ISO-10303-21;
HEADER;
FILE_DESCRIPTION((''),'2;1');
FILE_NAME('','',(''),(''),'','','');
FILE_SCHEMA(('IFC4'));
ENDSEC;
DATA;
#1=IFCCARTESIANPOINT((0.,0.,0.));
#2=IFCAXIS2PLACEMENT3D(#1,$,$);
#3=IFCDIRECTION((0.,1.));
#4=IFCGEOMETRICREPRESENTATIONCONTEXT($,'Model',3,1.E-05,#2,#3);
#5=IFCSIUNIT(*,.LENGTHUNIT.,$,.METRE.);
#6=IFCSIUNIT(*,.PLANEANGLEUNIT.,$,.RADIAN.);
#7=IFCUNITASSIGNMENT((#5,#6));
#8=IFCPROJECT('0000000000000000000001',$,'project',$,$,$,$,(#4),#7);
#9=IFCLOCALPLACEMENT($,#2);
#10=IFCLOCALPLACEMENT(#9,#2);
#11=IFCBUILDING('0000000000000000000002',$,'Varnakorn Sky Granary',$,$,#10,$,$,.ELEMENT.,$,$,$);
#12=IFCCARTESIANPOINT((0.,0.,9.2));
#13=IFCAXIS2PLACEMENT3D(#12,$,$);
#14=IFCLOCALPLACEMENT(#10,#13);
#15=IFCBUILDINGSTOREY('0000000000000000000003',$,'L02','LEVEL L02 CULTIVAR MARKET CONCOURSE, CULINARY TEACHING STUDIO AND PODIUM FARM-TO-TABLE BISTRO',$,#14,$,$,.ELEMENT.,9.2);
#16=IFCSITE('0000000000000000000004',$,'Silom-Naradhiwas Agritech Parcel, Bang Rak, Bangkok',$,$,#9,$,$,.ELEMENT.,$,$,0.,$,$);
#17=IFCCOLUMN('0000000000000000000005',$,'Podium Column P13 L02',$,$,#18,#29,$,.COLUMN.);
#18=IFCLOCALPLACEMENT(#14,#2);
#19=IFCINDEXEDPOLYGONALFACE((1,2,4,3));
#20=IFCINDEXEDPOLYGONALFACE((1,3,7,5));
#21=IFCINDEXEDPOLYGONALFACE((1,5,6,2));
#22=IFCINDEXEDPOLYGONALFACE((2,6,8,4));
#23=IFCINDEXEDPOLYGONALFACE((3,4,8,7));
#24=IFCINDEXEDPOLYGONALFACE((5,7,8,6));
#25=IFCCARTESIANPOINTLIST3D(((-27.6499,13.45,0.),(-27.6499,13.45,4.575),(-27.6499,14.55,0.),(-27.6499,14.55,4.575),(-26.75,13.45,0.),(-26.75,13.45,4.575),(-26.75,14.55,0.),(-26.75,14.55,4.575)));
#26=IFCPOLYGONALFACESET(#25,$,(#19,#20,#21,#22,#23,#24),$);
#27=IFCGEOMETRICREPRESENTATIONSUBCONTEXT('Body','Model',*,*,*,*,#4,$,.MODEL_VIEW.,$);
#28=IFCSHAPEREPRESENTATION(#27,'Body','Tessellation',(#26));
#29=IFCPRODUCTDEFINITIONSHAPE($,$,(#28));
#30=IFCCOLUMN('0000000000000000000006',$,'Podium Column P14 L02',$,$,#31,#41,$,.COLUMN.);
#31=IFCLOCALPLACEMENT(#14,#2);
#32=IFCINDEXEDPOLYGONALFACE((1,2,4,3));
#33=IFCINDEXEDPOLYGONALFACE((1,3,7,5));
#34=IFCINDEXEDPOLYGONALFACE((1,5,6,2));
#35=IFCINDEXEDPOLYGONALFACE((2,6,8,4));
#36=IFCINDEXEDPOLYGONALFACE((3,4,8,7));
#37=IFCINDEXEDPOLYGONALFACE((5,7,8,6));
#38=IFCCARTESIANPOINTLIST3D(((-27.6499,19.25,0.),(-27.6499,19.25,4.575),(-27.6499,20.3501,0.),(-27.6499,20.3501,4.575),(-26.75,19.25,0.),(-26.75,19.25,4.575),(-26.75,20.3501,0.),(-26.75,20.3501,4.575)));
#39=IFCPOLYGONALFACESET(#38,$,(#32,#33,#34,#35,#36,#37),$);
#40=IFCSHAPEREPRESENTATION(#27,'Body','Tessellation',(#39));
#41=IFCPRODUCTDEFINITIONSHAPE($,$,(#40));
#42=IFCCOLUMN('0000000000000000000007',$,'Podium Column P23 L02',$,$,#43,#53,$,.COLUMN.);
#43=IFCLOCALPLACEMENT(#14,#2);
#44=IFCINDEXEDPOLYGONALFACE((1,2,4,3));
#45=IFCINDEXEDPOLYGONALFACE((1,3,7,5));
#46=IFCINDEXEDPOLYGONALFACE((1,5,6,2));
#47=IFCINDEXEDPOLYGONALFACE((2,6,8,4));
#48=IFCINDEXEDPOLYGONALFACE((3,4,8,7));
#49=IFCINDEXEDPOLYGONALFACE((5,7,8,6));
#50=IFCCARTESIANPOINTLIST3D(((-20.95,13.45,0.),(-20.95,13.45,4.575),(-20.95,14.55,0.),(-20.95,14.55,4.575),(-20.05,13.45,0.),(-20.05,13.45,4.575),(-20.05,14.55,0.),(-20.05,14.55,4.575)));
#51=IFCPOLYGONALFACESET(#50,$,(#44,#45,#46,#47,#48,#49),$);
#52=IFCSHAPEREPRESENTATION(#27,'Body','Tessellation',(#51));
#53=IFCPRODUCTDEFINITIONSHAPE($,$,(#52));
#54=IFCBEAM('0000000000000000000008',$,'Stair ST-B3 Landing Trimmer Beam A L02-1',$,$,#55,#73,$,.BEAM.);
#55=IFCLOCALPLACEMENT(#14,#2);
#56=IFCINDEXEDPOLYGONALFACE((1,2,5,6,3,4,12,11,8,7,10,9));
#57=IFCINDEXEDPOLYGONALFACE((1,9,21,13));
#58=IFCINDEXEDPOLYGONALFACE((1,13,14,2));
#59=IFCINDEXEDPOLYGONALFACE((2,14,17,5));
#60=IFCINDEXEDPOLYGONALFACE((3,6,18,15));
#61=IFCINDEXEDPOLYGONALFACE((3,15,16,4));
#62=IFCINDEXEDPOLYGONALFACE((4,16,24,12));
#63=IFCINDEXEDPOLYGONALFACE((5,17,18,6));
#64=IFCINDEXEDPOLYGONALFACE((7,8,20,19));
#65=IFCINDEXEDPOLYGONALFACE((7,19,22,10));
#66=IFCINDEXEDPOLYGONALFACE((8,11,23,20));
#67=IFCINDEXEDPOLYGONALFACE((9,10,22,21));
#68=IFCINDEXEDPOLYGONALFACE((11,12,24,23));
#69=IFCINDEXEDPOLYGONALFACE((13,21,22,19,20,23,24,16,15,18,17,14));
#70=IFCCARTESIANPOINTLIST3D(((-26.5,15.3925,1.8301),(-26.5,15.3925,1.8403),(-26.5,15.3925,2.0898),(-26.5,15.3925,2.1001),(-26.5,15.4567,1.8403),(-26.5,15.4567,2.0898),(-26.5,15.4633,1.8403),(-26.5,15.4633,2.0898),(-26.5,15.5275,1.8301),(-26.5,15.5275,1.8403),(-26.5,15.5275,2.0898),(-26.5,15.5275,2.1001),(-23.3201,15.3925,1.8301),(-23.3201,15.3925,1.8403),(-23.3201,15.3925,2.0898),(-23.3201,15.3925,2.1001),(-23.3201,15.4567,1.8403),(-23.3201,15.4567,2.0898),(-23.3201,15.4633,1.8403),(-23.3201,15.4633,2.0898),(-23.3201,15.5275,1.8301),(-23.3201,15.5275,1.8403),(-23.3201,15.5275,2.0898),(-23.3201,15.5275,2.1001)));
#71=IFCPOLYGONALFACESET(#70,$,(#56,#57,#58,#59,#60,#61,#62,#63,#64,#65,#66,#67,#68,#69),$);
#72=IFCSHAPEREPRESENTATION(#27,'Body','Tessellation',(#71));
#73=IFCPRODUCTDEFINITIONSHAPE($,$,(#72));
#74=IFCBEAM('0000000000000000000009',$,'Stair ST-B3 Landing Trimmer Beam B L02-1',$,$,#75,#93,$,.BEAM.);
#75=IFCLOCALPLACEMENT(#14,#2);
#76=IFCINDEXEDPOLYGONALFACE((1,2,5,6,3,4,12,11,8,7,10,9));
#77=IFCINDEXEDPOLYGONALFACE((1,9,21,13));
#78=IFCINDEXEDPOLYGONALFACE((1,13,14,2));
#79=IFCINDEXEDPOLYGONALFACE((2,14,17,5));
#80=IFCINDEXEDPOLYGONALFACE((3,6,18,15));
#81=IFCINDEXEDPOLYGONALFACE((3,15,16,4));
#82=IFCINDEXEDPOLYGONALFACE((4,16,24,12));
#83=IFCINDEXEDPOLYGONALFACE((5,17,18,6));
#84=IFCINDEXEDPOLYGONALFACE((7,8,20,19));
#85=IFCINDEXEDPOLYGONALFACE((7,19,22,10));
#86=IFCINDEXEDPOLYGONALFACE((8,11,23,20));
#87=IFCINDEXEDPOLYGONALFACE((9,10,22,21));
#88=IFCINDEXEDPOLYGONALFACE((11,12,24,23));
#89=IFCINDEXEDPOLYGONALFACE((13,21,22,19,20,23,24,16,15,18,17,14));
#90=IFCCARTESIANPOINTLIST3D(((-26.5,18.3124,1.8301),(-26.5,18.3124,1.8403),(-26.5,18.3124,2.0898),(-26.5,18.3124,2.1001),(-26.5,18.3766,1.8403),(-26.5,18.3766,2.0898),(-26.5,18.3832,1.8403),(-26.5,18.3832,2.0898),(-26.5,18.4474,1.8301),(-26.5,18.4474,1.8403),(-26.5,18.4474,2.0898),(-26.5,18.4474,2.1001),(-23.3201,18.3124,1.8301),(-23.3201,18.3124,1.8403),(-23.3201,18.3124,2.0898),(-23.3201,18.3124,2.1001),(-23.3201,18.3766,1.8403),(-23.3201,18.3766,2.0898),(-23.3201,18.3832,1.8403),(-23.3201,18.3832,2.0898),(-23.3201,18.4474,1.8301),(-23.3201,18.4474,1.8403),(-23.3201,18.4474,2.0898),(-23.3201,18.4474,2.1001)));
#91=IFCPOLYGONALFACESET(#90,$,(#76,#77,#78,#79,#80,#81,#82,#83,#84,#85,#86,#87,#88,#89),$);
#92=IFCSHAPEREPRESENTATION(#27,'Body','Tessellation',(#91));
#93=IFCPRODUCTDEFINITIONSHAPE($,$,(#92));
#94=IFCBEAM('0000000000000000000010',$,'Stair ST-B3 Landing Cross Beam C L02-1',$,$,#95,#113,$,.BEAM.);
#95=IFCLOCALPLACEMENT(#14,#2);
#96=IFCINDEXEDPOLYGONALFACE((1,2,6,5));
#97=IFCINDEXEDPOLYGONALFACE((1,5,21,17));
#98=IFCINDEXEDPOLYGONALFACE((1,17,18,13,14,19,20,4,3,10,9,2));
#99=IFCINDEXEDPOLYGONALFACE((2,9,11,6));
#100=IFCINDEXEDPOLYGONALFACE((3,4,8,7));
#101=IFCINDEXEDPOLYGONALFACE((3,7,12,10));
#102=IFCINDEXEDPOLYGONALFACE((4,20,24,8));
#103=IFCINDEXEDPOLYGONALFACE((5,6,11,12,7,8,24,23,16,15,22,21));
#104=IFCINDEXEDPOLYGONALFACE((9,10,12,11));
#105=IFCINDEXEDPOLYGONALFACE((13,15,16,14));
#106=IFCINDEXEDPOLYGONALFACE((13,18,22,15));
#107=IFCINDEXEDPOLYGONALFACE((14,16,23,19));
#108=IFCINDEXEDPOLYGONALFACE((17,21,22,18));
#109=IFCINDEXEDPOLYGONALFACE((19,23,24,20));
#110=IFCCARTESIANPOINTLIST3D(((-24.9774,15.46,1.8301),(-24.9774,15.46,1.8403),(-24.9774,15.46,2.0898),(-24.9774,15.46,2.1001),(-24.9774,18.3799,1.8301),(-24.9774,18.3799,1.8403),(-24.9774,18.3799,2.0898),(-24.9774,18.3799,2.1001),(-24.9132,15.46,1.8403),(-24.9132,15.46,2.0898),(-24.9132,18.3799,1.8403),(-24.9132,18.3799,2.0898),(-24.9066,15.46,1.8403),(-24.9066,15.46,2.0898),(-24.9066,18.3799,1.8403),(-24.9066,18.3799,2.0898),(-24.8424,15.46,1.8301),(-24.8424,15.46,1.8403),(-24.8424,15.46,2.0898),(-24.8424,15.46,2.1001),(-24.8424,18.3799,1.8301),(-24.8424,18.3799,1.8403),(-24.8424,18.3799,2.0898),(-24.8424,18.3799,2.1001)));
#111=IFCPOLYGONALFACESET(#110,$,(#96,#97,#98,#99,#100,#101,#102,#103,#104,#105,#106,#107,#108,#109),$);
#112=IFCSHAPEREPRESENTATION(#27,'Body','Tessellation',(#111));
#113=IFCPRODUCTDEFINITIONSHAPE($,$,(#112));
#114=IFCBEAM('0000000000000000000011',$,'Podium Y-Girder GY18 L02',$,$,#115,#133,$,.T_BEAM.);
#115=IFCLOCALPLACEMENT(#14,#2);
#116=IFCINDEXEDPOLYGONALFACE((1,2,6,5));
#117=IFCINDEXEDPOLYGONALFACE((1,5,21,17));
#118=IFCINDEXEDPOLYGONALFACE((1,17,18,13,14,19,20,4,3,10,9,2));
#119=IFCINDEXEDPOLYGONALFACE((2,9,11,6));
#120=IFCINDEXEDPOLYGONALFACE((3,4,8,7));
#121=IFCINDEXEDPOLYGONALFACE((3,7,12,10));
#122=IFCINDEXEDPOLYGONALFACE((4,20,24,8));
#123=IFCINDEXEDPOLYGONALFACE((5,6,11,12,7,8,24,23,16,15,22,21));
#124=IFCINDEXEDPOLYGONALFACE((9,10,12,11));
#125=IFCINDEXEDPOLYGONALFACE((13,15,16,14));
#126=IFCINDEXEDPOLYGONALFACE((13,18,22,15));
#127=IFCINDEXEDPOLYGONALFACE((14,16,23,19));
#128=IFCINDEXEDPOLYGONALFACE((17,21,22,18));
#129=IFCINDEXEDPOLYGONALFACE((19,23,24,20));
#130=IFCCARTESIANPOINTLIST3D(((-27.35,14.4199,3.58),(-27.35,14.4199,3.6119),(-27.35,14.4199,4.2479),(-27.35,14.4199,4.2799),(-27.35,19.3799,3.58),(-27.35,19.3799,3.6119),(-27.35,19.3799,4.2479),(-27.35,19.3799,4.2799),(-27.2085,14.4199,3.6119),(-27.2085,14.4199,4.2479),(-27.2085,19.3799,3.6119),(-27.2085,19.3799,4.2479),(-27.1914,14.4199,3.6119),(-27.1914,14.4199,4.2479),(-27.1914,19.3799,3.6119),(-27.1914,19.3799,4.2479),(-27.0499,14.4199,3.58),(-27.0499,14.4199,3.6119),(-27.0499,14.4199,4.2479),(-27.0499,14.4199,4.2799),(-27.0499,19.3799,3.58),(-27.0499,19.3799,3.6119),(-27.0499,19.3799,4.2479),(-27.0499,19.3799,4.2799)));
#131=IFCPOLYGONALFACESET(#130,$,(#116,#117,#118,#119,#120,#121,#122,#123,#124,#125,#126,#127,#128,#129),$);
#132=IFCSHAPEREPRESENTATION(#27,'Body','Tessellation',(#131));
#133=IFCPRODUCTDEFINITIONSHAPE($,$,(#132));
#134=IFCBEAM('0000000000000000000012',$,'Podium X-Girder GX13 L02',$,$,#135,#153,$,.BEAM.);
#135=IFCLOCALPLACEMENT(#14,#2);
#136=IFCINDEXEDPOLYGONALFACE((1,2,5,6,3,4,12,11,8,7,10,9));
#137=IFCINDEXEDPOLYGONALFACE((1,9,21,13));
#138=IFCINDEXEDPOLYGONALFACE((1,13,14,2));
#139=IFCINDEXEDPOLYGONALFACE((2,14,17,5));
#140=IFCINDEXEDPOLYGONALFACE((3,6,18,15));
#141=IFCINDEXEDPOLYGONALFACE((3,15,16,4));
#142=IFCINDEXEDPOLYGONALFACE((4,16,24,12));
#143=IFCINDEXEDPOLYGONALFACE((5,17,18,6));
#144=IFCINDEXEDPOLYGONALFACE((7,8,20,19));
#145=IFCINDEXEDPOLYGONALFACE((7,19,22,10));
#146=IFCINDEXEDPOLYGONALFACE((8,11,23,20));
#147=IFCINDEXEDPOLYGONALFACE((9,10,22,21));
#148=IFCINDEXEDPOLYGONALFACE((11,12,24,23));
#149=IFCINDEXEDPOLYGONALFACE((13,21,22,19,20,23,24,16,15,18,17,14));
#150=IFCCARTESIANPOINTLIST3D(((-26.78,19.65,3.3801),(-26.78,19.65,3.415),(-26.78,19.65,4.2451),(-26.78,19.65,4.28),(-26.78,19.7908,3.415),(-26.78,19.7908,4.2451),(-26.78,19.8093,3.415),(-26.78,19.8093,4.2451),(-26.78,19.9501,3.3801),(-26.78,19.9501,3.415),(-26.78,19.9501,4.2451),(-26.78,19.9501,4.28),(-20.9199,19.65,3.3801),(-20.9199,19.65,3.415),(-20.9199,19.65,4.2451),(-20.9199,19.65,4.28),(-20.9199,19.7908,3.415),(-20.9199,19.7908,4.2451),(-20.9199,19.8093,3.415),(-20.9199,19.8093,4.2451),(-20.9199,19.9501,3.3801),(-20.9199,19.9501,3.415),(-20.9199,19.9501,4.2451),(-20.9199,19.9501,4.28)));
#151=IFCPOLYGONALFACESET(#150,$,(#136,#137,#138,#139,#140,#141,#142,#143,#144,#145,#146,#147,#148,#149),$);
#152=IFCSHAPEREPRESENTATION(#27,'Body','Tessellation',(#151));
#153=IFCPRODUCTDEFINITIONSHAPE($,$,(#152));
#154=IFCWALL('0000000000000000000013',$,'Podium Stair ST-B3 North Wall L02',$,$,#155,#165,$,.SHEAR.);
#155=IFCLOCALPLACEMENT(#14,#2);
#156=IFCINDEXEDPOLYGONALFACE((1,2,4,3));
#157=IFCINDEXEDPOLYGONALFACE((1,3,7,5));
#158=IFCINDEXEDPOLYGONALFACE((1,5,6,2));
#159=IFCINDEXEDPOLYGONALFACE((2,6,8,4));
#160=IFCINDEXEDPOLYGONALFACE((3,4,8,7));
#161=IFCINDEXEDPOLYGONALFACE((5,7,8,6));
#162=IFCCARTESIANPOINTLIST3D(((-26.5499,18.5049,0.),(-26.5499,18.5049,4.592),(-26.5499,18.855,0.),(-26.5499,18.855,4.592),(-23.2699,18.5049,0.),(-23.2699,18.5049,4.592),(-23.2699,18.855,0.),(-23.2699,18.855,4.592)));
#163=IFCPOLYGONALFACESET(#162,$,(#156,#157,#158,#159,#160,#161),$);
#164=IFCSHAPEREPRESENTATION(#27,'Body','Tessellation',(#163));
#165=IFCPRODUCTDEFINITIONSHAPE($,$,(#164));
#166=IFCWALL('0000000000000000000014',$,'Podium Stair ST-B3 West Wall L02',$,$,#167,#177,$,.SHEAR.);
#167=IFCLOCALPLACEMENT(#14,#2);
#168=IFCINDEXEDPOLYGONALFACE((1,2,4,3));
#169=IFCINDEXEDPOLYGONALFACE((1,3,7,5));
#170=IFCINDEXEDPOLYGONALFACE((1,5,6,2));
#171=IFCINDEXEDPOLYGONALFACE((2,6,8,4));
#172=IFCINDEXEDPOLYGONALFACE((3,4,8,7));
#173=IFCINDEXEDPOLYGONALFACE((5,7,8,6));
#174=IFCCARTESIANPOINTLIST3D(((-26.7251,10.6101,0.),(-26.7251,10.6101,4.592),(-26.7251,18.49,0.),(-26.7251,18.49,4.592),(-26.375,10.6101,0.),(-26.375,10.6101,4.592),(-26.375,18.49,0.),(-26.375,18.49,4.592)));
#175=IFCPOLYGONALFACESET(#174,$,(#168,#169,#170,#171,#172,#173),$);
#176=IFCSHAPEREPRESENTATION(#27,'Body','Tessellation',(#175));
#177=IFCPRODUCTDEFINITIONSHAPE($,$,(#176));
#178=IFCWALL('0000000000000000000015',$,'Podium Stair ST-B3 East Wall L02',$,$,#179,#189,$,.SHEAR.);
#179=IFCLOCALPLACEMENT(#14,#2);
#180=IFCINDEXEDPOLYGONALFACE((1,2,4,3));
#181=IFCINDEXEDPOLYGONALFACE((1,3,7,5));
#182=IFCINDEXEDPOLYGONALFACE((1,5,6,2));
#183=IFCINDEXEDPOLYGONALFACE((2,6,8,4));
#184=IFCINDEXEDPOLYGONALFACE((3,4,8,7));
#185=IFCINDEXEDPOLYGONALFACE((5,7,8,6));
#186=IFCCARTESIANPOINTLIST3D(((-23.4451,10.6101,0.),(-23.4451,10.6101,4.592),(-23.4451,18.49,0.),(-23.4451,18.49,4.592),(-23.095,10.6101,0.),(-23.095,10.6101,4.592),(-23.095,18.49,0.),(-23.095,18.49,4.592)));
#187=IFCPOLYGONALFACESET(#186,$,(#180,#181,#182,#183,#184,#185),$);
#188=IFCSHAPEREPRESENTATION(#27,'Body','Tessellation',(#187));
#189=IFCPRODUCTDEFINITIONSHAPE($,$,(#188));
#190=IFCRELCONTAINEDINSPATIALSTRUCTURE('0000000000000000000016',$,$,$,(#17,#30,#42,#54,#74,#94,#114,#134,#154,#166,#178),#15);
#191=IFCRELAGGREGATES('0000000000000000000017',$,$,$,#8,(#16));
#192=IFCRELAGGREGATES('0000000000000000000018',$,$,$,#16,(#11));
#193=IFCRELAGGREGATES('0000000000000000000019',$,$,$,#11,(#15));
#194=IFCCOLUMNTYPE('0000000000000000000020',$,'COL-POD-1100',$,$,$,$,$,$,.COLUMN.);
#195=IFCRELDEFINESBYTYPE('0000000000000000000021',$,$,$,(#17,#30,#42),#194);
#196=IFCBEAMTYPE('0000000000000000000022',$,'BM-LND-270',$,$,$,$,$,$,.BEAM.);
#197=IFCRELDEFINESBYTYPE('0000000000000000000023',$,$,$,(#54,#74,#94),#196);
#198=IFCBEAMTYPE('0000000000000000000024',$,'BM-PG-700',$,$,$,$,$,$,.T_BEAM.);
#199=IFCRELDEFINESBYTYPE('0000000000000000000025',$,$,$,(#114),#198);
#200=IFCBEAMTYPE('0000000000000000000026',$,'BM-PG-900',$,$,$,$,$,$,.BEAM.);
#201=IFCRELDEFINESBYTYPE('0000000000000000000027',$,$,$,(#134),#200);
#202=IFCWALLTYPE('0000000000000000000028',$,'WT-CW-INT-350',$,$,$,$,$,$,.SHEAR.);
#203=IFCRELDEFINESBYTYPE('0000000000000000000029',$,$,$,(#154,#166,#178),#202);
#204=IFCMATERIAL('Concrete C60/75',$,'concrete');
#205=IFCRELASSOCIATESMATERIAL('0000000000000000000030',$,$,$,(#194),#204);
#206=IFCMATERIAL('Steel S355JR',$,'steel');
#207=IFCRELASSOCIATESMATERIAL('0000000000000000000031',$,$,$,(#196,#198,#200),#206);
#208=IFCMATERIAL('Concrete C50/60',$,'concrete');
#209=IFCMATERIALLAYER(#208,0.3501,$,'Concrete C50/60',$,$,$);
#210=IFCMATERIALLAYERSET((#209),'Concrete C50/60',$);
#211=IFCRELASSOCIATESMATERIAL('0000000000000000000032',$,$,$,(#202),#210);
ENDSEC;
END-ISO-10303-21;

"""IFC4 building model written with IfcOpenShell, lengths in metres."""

from ifc_helpers import new_model, si_unit, direction, frame, frame_2d, origin, origin_2d, place, context, subcontext, project, spatial, rectangle, i_section, extrude, material, layer, layer_set, material_profile, profile_set, type_object, element, save


model = new_model("IFC4")

# Units and contexts
model_context = context("Model", 3, precision=1e-05, world=origin(), true_north=direction((0.0, 1.0)))
body_context = subcontext(model_context, "Body", "Model", "MODEL_VIEW")
ifc_project = project(units=[si_unit("LENGTHUNIT", "METRE"), si_unit("PLANEANGLEUNIT", "RADIAN")], contexts=[model_context])

# Site, building, storey
site_placement = place(None, origin())
site = spatial("IfcSite", under=ifc_project, at=site_placement, Name="Silom-Naradhiwas Agritech Parcel, Bang Rak, Bangkok", CompositionType="ELEMENT", RefElevation=0.0)
building_placement = place(site_placement, origin())
building = spatial("IfcBuilding", under=site, at=building_placement, Name="Varnakorn Sky Granary", CompositionType="ELEMENT")
storey_placement = place(building_placement, frame((0.0, 0.0, 9.2)))
storey = spatial("IfcBuildingStorey", under=building, at=storey_placement, Name="L02", Description="LEVEL L02 CULTIVAR MARKET CONCOURSE, CULINARY TEACHING STUDIO AND PODIUM FARM-TO-TABLE BISTRO", CompositionType="ELEMENT", Elevation=9.2)

# Columns
ifc_material_1 = material(Name="Concrete C60/75", Category="concrete")
ifc_material_profile_1 = material_profile(ifc_material_1, rectangle(XDim=0.8999, YDim=1.1001, at=origin_2d()), Name="RC 900x1100")
ifc_profile_set_1 = profile_set([ifc_material_profile_1], Name="Concrete C60/75")
column_type = type_object("IfcColumnType", Name="COL-POD-1100", PredefinedType="COLUMN", material=ifc_profile_set_1)
for number, where, z_axis, x_axis, name in (
    (1, (-27.2, 14.0, 0.0), (0.0, 0.0, 1.0), (1.0, 0.0, 0.0), "Podium Column P13 L02"),
    (2, (-27.2, 19.8, 0.0), (0.0, 0.0, 1.0), (1.0, 0.0, 0.0), "Podium Column P14 L02"),
    (3, (-20.5, 14.0, 0.0), (0.0, 0.0, 1.0), (1.0, 0.0, 0.0), "Podium Column P23 L02"),
):
    element("IfcColumn", number, at=place(storey_placement, frame(where, z_axis=z_axis, x_axis=x_axis)), inside=storey, type_object=column_type, Name=name, PredefinedType="COLUMN", context=body_context, shape_type="SweptSolid", body=[
        extrude(rectangle(XDim=0.8999, YDim=1.1001, at=origin_2d()), origin(), (0.0, 0.0, 1.0), 4.575),
    ])

# Beams
ifc_material_2 = material(Name="Steel S355JR", Category="steel")
ifc_material_profile_2 = material_profile(ifc_material_2, i_section(OverallWidth=0.135, OverallDepth=0.27, WebThickness=0.0066, FlangeThickness=0.0103, at=origin_2d()), Name="IPE 270")
ifc_profile_set_2 = profile_set([ifc_material_profile_2], Name="Steel S355JR")
beam_type_1 = type_object("IfcBeamType", Name="BM-LND-270", PredefinedType="BEAM", material=ifc_profile_set_2)
for number, where, z_axis, x_axis, name in (
    (4, (-26.5, 15.46, 1.9651), (1.0, 0.0, 0.0), (0.0, 1.0, 0.0), "Stair ST-B3 Landing Trimmer Beam A L02-1"),
    (5, (-26.5, 18.3799, 1.9651), (1.0, 0.0, 0.0), (0.0, 1.0, 0.0), "Stair ST-B3 Landing Trimmer Beam B L02-1"),
):
    element("IfcBeam", number, at=place(storey_placement, frame(where, z_axis=z_axis, x_axis=x_axis)), inside=storey, type_object=beam_type_1, Name=name, PredefinedType="BEAM", context=body_context, shape_type="SweptSolid", body=[
        extrude(i_section(OverallWidth=0.135, OverallDepth=0.27, WebThickness=0.0066, FlangeThickness=0.0103, at=origin_2d()), origin(), (0.0, 0.0, 1.0), 3.1799),
    ])
beam_1_placement = place(storey_placement, frame((-24.9099, 15.46, 1.9651), z_axis=(0.0, 1.0, 0.0), x_axis=(-1.0, 0.0, 0.0)))
element("IfcBeam", 6, at=beam_1_placement, inside=storey, type_object=beam_type_1, Name="Stair ST-B3 Landing Cross Beam C L02-1", PredefinedType="BEAM", context=body_context, shape_type="SweptSolid", body=[
    extrude(i_section(OverallWidth=0.135, OverallDepth=0.27, WebThickness=0.0066, FlangeThickness=0.0103, at=origin_2d()), origin(), (0.0, 0.0, 1.0), 2.9199),
])
ifc_material_profile_3 = material_profile(ifc_material_2, i_section(OverallWidth=0.3, OverallDepth=0.7, WebThickness=0.0171, FlangeThickness=0.032, at=origin_2d()), Name="HE 700 B")
ifc_profile_set_3 = profile_set([ifc_material_profile_3], Name="Steel S355JR")
beam_type_2 = type_object("IfcBeamType", Name="BM-PG-700", PredefinedType="T_BEAM", material=ifc_profile_set_3)
beam_2_placement = place(storey_placement, frame((-27.2, 14.4199, 3.9299), z_axis=(0.0, 1.0, 0.0), x_axis=(-1.0, 0.0, 0.0)))
element("IfcBeam", 7, at=beam_2_placement, inside=storey, type_object=beam_type_2, Name="Podium Y-Girder GY18 L02", PredefinedType="T_BEAM", context=body_context, shape_type="SweptSolid", body=[
    extrude(i_section(OverallWidth=0.3, OverallDepth=0.7, WebThickness=0.0171, FlangeThickness=0.032, at=origin_2d()), origin(), (0.0, 0.0, 1.0), 4.96),
])
ifc_material_profile_4 = material_profile(ifc_material_2, i_section(OverallWidth=0.3, OverallDepth=0.8999, WebThickness=0.0186, FlangeThickness=0.0349, at=origin_2d()), Name="HE 900 B")
ifc_profile_set_4 = profile_set([ifc_material_profile_4], Name="Steel S355JR")
beam_type_3 = type_object("IfcBeamType", Name="BM-PG-900", PredefinedType="BEAM", material=ifc_profile_set_4)
beam_3_placement = place(storey_placement, frame((-26.78, 19.8, 3.8301), z_axis=(1.0, 0.0, 0.0), x_axis=(0.0, 1.0, 0.0)))
element("IfcBeam", 8, at=beam_3_placement, inside=storey, type_object=beam_type_3, Name="Podium X-Girder GX13 L02", PredefinedType="BEAM", context=body_context, shape_type="SweptSolid", body=[
    extrude(i_section(OverallWidth=0.3, OverallDepth=0.8999, WebThickness=0.0186, FlangeThickness=0.0349, at=origin_2d()), origin(), (0.0, 0.0, 1.0), 5.8601),
])

# Shared definitions
ifc_material_3 = material(Name="Concrete C50/60", Category="concrete")
ifc_layer_1 = layer(ifc_material_3, 0.3501, Name="Concrete C50/60")
ifc_layer_set_1 = layer_set([ifc_layer_1], Name="Concrete C50/60")
wall_type_1 = type_object("IfcWallType", Name="WT-CW-INT-350", PredefinedType="SHEAR", material=ifc_layer_set_1)

# Walls
wall_1_placement = place(storey_placement, frame((-26.55, 18.6799, 0.0), z_axis=(0.0, 0.0, 1.0), x_axis=(1.0, 0.0, 0.0)))
element("IfcWall", 9, at=wall_1_placement, inside=storey, type_object=wall_type_1, Name="Podium Stair ST-B3 North Wall L02", PredefinedType="SHEAR", context=body_context, shape_type="SweptSolid", body=[
    extrude(rectangle(XDim=3.28, YDim=0.3501, at=frame_2d((1.6401, 0.0))), origin(), (0.0, 0.0, 1.0), 4.592),
])
for number, where, z_axis, x_axis, name in (
    (10, (-26.55, 10.6101, 0.0), (0.0, 0.0, 1.0), (0.0, 1.0, 0.0), "Podium Stair ST-B3 West Wall L02"),
    (11, (-23.27, 10.6101, 0.0), (0.0, 0.0, 1.0), (0.0, 1.0, 0.0), "Podium Stair ST-B3 East Wall L02"),
):
    element("IfcWall", number, at=place(storey_placement, frame(where, z_axis=z_axis, x_axis=x_axis)), inside=storey, type_object=wall_type_1, Name=name, PredefinedType="SHEAR", context=body_context, shape_type="SweptSolid", body=[
        extrude(rectangle(XDim=7.8799, YDim=0.3501, at=frame_2d((3.9399, 0.0))), origin(), (0.0, 0.0, 1.0), 4.592),
    ])

save(model, "model.ifc")
